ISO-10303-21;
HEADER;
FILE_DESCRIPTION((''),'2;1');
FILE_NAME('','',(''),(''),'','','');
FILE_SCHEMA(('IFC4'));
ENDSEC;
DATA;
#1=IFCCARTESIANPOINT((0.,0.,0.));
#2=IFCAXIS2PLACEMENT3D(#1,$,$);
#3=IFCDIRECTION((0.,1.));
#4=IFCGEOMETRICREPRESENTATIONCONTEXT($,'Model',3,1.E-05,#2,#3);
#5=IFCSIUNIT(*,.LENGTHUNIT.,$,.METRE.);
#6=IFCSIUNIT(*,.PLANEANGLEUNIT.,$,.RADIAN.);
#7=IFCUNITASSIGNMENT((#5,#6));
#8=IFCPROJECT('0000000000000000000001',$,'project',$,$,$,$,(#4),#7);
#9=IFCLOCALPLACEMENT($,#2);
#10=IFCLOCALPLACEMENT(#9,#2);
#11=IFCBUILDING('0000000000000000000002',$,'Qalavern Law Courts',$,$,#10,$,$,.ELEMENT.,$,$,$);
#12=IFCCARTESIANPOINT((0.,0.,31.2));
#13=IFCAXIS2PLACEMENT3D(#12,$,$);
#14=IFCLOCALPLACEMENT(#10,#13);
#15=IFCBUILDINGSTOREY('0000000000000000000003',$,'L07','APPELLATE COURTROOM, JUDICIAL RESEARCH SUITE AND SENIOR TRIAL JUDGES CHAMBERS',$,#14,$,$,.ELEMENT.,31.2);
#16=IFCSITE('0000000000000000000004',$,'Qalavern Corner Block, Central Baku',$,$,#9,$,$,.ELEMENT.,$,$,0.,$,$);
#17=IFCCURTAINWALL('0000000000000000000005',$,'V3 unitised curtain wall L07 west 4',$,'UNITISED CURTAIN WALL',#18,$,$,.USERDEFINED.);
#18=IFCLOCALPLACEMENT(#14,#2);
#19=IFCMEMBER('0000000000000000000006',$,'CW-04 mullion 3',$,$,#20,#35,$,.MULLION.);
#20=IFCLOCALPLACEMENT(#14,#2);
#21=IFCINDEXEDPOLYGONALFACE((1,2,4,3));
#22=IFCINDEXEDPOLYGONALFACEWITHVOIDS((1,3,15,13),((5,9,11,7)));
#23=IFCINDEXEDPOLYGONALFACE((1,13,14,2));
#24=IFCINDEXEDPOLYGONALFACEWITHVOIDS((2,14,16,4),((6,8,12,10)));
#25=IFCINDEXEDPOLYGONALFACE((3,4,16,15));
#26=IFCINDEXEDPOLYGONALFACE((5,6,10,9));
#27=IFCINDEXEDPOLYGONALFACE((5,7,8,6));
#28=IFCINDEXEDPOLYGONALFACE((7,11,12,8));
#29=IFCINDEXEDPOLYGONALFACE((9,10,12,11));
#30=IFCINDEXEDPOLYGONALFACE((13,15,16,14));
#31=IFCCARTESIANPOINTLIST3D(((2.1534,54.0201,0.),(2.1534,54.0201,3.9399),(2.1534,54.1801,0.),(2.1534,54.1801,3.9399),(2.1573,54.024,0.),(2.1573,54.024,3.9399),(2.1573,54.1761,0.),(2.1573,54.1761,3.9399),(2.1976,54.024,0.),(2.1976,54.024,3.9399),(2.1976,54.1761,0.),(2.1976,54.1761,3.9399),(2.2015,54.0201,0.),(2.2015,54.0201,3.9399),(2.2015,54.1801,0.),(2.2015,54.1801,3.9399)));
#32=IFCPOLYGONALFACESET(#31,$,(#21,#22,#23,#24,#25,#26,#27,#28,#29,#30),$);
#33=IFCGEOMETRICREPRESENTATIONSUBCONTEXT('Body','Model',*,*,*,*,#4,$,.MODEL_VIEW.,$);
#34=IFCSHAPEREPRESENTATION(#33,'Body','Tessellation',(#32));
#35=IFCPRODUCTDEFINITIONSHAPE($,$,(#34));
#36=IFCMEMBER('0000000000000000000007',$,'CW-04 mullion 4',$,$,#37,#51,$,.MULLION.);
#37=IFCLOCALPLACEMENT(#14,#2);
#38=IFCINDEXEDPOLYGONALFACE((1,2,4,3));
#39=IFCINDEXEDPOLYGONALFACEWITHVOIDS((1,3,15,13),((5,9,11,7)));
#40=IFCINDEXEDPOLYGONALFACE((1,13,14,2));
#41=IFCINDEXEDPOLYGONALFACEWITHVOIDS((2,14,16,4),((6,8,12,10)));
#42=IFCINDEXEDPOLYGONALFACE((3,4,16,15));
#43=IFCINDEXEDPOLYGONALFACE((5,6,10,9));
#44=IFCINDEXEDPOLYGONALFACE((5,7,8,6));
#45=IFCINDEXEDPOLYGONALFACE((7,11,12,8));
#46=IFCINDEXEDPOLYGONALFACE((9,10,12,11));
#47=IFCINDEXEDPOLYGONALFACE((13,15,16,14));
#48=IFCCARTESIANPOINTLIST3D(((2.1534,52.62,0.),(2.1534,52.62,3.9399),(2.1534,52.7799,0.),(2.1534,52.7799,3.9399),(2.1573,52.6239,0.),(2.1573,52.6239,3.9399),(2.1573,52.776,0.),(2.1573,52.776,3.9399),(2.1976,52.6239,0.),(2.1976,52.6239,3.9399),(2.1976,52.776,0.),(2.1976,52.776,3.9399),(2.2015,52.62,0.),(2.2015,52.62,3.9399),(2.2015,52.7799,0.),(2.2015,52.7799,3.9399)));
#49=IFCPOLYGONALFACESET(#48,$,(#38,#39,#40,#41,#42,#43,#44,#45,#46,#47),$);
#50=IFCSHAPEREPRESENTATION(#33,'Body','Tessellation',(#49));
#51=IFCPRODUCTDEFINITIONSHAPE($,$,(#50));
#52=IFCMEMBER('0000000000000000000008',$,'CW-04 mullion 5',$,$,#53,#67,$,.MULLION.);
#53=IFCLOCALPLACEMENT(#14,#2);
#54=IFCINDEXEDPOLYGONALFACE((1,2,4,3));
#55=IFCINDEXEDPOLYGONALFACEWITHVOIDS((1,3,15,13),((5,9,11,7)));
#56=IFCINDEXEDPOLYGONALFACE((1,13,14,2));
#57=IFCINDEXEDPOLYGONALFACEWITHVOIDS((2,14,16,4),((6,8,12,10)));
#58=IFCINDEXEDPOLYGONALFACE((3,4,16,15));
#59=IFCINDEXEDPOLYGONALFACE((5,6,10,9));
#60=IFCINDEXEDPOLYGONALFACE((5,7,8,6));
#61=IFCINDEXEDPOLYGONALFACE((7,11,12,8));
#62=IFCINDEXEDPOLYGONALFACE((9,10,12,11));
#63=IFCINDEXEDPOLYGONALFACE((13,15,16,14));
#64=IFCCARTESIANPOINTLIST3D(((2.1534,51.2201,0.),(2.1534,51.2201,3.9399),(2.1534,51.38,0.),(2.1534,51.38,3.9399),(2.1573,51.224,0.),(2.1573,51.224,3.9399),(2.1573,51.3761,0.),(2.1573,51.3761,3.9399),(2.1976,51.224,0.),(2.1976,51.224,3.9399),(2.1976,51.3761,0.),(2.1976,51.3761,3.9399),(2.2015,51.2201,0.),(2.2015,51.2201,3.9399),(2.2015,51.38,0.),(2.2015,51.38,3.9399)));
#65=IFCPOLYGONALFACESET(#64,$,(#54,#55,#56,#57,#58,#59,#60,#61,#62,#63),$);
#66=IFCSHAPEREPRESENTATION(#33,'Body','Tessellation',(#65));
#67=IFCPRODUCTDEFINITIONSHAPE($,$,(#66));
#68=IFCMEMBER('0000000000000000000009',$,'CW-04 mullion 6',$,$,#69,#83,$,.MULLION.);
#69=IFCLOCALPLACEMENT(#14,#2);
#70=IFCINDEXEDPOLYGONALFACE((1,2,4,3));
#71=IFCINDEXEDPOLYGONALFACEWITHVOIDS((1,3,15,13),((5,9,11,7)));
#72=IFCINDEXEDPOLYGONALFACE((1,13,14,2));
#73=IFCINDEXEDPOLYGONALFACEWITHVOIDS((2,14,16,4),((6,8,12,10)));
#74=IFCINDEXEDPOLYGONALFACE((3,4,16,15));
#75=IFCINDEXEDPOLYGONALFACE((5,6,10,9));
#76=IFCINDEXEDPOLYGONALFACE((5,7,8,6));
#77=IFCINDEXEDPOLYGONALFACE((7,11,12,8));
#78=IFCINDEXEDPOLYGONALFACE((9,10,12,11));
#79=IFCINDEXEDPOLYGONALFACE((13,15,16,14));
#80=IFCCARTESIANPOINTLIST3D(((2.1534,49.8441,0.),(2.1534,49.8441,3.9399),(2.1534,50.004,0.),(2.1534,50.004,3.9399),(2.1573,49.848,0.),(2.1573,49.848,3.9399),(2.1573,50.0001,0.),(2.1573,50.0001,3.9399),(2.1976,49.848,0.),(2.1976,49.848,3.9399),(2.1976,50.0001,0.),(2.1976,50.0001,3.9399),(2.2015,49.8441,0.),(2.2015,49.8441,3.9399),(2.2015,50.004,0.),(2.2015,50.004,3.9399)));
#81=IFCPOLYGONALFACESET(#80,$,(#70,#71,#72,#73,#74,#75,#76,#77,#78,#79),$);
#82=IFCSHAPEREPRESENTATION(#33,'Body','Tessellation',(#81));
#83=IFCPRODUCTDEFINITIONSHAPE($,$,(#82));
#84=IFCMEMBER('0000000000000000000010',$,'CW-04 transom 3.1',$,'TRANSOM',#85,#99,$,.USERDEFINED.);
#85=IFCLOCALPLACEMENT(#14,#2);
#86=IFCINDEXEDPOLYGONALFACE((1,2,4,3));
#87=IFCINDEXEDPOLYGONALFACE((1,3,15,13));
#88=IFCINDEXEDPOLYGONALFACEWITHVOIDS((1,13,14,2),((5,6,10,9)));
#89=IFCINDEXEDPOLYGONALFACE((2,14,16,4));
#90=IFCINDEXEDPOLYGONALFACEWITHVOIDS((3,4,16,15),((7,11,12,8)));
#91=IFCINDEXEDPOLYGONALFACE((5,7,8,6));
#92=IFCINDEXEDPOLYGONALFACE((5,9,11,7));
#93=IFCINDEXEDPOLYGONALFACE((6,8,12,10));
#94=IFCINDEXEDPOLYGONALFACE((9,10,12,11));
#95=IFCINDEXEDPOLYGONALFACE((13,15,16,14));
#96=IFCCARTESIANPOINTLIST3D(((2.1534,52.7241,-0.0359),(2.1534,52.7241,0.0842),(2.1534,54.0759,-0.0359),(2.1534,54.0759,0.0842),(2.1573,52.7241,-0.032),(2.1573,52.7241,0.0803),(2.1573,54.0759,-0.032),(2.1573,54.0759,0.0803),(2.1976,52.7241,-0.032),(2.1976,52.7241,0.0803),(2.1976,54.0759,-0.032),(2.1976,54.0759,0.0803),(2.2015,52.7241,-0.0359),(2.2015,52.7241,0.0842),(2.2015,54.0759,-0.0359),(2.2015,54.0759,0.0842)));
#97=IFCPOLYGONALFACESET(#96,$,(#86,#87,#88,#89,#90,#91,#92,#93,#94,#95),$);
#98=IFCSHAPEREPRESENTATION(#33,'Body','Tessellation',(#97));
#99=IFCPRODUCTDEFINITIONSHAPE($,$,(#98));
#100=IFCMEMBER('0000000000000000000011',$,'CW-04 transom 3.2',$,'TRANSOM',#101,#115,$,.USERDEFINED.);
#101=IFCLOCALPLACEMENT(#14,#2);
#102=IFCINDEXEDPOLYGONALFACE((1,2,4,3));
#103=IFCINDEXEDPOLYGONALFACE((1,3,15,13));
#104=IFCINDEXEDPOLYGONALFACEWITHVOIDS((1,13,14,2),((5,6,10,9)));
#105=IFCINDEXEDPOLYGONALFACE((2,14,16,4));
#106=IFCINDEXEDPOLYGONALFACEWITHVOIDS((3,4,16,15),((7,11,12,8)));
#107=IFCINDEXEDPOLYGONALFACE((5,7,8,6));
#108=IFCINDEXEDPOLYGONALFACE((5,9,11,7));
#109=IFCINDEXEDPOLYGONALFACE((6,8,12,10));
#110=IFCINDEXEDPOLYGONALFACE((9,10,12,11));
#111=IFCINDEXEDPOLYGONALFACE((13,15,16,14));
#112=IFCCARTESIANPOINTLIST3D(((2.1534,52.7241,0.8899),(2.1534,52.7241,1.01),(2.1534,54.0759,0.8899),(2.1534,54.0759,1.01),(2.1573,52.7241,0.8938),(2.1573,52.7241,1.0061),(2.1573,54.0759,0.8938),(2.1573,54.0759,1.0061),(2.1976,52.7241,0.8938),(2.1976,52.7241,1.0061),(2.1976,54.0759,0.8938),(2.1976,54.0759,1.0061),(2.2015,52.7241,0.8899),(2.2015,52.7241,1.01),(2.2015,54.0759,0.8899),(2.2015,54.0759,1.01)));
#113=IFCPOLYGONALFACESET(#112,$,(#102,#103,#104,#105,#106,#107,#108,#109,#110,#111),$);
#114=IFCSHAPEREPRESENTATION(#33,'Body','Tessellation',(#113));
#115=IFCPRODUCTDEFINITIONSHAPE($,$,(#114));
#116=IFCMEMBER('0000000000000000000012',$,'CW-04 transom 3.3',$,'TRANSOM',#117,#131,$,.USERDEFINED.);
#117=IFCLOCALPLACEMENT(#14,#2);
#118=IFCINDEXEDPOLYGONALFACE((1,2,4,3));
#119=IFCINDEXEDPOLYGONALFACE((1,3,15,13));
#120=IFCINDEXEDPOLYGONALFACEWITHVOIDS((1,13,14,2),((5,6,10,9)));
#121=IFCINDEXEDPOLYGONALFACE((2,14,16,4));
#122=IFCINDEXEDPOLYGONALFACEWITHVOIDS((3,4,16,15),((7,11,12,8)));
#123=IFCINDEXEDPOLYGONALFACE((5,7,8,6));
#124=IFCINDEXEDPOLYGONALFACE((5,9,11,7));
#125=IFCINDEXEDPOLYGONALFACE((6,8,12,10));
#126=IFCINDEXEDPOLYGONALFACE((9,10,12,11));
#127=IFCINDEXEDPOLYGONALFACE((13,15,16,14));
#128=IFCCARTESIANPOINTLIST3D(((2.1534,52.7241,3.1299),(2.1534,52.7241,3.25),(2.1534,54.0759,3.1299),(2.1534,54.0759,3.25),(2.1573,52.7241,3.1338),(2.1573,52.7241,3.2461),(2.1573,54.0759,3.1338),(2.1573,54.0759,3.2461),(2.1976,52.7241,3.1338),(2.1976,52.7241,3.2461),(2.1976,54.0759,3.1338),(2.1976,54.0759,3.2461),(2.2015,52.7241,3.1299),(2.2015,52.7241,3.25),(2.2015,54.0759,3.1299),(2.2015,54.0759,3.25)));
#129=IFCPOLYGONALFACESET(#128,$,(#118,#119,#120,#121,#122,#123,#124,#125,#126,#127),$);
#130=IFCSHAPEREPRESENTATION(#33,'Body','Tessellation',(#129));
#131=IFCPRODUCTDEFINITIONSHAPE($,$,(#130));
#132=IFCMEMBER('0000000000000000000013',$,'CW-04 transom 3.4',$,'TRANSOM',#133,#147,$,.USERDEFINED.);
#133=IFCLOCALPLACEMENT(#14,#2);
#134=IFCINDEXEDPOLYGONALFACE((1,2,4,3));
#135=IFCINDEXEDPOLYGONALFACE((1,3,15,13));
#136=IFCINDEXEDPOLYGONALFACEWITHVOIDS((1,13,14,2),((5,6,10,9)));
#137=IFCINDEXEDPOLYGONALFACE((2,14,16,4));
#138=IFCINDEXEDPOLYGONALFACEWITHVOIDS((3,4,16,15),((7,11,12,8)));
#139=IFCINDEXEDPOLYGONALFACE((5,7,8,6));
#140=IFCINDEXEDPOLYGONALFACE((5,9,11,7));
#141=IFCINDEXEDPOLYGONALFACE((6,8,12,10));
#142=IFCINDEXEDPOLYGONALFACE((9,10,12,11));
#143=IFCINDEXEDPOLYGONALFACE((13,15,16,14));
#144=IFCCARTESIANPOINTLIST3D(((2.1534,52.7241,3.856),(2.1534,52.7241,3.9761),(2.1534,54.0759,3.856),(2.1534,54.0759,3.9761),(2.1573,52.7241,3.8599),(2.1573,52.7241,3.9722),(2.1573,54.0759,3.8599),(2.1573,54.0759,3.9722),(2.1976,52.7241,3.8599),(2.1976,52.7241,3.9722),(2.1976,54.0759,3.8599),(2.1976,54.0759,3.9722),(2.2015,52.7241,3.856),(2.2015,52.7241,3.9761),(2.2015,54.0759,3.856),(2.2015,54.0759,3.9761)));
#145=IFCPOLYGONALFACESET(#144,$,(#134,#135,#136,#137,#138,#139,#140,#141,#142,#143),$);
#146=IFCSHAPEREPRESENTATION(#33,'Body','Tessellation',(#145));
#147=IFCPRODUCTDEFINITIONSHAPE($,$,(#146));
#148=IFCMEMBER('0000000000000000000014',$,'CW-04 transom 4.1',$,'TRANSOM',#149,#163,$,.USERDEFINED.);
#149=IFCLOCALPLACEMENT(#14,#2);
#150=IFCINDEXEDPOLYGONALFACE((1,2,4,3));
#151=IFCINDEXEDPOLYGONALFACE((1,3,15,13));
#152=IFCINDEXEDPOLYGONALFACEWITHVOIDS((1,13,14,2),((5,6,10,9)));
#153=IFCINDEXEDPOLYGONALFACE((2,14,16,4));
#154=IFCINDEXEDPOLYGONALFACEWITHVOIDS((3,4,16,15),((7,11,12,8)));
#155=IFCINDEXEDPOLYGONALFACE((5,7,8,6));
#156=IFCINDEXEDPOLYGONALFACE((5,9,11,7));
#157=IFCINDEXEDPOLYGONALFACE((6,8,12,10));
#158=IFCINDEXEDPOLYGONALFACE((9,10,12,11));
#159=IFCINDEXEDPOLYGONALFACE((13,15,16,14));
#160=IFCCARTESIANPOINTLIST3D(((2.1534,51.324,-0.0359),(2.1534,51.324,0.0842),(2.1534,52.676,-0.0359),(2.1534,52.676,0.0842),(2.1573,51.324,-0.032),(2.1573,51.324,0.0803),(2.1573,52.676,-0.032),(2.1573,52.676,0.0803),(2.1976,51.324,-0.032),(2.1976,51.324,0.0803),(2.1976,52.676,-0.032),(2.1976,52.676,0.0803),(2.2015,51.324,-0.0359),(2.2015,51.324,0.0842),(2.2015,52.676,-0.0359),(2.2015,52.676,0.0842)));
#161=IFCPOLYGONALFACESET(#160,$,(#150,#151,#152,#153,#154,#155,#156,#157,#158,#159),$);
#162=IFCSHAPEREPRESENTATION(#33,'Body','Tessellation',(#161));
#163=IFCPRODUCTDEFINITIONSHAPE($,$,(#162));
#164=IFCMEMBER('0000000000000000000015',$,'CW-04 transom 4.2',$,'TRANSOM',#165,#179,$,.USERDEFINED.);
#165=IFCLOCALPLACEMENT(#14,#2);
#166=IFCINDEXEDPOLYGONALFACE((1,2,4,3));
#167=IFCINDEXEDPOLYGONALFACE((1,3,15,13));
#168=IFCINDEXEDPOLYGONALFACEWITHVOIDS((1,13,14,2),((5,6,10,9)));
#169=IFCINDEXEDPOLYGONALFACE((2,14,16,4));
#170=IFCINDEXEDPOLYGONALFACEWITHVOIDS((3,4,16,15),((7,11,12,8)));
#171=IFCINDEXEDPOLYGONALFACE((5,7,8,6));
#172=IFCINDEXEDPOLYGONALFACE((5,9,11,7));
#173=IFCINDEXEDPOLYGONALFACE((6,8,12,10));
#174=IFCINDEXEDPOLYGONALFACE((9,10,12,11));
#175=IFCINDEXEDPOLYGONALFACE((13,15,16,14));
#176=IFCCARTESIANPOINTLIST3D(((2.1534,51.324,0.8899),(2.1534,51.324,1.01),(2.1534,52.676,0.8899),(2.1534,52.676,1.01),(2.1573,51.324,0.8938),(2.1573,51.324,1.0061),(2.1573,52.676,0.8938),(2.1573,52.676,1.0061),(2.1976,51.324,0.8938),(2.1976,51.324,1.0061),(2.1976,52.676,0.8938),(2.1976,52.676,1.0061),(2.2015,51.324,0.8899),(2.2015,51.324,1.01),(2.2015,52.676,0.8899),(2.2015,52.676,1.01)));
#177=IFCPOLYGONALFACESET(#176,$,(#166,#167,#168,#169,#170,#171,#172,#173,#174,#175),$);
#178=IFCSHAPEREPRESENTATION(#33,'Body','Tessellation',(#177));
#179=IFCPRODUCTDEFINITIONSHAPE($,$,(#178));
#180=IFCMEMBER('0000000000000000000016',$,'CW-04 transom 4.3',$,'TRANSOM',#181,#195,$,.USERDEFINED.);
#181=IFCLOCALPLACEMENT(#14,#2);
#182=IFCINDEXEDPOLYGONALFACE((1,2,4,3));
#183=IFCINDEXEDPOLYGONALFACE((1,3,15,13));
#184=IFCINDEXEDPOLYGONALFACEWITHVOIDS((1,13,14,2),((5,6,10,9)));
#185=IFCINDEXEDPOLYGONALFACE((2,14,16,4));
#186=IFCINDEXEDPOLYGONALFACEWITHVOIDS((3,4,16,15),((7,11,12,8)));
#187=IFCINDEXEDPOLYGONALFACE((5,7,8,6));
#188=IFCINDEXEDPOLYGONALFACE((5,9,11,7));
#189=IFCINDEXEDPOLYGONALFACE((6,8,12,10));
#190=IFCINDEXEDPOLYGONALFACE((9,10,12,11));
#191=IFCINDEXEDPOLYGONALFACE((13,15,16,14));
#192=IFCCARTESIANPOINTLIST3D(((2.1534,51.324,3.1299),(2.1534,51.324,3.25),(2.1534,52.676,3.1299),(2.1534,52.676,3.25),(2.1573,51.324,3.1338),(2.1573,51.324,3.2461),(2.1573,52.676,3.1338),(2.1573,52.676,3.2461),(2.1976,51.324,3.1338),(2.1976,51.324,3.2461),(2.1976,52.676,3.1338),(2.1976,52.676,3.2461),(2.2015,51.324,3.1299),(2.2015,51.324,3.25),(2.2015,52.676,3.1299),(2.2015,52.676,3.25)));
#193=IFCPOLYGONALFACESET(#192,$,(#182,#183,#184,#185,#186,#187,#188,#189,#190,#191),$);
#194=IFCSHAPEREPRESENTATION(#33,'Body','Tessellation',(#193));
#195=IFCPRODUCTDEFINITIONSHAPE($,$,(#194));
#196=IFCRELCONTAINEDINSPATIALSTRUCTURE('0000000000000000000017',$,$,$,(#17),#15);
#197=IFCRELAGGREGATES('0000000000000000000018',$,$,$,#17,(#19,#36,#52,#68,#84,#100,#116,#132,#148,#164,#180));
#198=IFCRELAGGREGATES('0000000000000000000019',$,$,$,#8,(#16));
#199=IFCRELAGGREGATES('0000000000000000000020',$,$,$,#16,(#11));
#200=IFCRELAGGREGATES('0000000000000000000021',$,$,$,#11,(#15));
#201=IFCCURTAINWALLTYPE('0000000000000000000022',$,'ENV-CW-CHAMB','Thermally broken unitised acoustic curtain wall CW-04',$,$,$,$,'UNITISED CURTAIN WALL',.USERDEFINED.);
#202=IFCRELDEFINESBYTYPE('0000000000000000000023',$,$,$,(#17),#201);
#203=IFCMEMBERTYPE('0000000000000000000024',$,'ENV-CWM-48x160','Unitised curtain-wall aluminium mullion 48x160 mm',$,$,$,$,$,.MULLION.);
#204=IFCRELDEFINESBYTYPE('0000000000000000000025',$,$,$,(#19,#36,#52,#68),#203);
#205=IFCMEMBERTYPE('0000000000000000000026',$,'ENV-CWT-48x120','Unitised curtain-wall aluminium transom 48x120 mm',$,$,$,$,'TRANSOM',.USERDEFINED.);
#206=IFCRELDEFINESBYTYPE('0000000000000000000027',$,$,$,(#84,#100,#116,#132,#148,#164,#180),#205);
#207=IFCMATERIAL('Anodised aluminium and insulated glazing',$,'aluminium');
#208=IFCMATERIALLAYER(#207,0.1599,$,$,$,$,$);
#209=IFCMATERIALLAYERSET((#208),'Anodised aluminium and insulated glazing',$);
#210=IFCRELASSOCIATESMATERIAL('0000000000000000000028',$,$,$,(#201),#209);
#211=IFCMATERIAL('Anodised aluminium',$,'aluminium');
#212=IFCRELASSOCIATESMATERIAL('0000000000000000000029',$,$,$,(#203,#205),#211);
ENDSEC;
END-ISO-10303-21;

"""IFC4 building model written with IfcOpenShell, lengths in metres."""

from ifc_helpers import new_model, si_unit, direction, frame, origin, origin_2d, place, context, subcontext, project, spatial, hollow_rectangle, extrude, material, layer, layer_set, material_profile, profile_set, type_object, element, aggregate, save


model = new_model("IFC4")

# Units and contexts
model_context = context("Model", 3, precision=1e-05, world=origin(), true_north=direction((0.0, 1.0)))
body_context = subcontext(model_context, "Body", "Model", "MODEL_VIEW")
ifc_project = project(units=[si_unit("LENGTHUNIT", "METRE"), si_unit("PLANEANGLEUNIT", "RADIAN")], contexts=[model_context])

# Site, building, storey
site_placement = place(None, origin())
site = spatial("IfcSite", under=ifc_project, at=site_placement, Name="Qalavern Corner Block, Central Baku", CompositionType="ELEMENT", RefElevation=0.0)
building_placement = place(site_placement, origin())
building = spatial("IfcBuilding", under=site, at=building_placement, Name="Qalavern Law Courts", CompositionType="ELEMENT")
storey_placement = place(building_placement, frame((0.0, 0.0, 31.2)))
storey = spatial("IfcBuildingStorey", under=building, at=storey_placement, Name="L07", Description="APPELLATE COURTROOM, JUDICIAL RESEARCH SUITE AND SENIOR TRIAL JUDGES CHAMBERS", CompositionType="ELEMENT", Elevation=31.2)

# Curtain wall, members
ifc_material_1 = material(Name="Anodised aluminium and insulated glazing", Category="aluminium")
ifc_layer_1 = layer(ifc_material_1, 0.1599)
ifc_layer_set_1 = layer_set([ifc_layer_1], Name="Anodised aluminium and insulated glazing")
curtain_wall_type = type_object("IfcCurtainWallType", Name="ENV-CW-CHAMB", Description="Thermally broken unitised acoustic curtain wall CW-04", ElementType="UNITISED CURTAIN WALL", PredefinedType="USERDEFINED", material=ifc_layer_set_1)
curtain_wall_placement = place(storey_placement, origin())
curtain_wall = element("IfcCurtainWall", 1, at=curtain_wall_placement, inside=storey, type_object=curtain_wall_type, Name="V3 unitised curtain wall L07 west 4", ObjectType="UNITISED CURTAIN WALL", PredefinedType="USERDEFINED")
ifc_material_2 = material(Name="Anodised aluminium", Category="aluminium")
ifc_material_profile_1 = material_profile(ifc_material_2, hollow_rectangle(XDim=0.0481, YDim=0.1599, WallThickness=0.0039, at=origin_2d()), Name="ALU MULLION 48x160")
ifc_profile_set_1 = profile_set([ifc_material_profile_1], Name="Anodised aluminium")
member_type_1 = type_object("IfcMemberType", Name="ENV-CWM-48x160", Description="Unitised curtain-wall aluminium mullion 48x160 mm", PredefinedType="MULLION", material=ifc_profile_set_1)
member_1_placement = place(storey_placement, frame((2.1775, 54.1001, 0.0), z_axis=(0.0, 0.0, 1.0), x_axis=(1.0, 0.0, 0.0)))
member_1 = element("IfcMember", 2, at=member_1_placement, type_object=member_type_1, Name="CW-04 mullion 3", PredefinedType="MULLION", context=body_context, shape_type="SweptSolid", body=[
    extrude(hollow_rectangle(XDim=0.0481, YDim=0.1599, WallThickness=0.0039, at=origin_2d()), origin(), (0.0, 0.0, 1.0), 3.9399),
])
member_2_placement = place(storey_placement, frame((2.1775, 52.7, 0.0), z_axis=(0.0, 0.0, 1.0), x_axis=(1.0, 0.0, 0.0)))
member_2 = element("IfcMember", 3, at=member_2_placement, type_object=member_type_1, Name="CW-04 mullion 4", PredefinedType="MULLION", context=body_context, shape_type="SweptSolid", body=[
    extrude(hollow_rectangle(XDim=0.0481, YDim=0.1599, WallThickness=0.0039, at=origin_2d()), origin(), (0.0, 0.0, 1.0), 3.9399),
])
member_3_placement = place(storey_placement, frame((2.1775, 51.3, 0.0), z_axis=(0.0, 0.0, 1.0), x_axis=(1.0, 0.0, 0.0)))
member_3 = element("IfcMember", 4, at=member_3_placement, type_object=member_type_1, Name="CW-04 mullion 5", PredefinedType="MULLION", context=body_context, shape_type="SweptSolid", body=[
    extrude(hollow_rectangle(XDim=0.0481, YDim=0.1599, WallThickness=0.0039, at=origin_2d()), origin(), (0.0, 0.0, 1.0), 3.9399),
])
member_4_placement = place(storey_placement, frame((2.1775, 49.9241, 0.0), z_axis=(0.0, 0.0, 1.0), x_axis=(1.0, 0.0, 0.0)))
member_4 = element("IfcMember", 5, at=member_4_placement, type_object=member_type_1, Name="CW-04 mullion 6", PredefinedType="MULLION", context=body_context, shape_type="SweptSolid", body=[
    extrude(hollow_rectangle(XDim=0.0481, YDim=0.1599, WallThickness=0.0039, at=origin_2d()), origin(), (0.0, 0.0, 1.0), 3.9399),
])
ifc_material_profile_2 = material_profile(ifc_material_2, hollow_rectangle(XDim=0.0481, YDim=0.1201, WallThickness=0.0039, at=origin_2d()), Name="ALU TRANSOM 48x120")
ifc_profile_set_2 = profile_set([ifc_material_profile_2], Name="Anodised aluminium")
member_type_2 = type_object("IfcMemberType", Name="ENV-CWT-48x120", Description="Unitised curtain-wall aluminium transom 48x120 mm", ElementType="TRANSOM", PredefinedType="USERDEFINED", material=ifc_profile_set_2)
member_5_placement = place(storey_placement, frame((2.1775, 54.0759, 0.0242), z_axis=(0.0, -1.0, 0.0), x_axis=(1.0, 0.0, 0.0)))
member_5 = element("IfcMember", 6, at=member_5_placement, type_object=member_type_2, Name="CW-04 transom 3.1", ObjectType="TRANSOM", PredefinedType="USERDEFINED", context=body_context, shape_type="SweptSolid", body=[
    extrude(hollow_rectangle(XDim=0.0481, YDim=0.1201, WallThickness=0.0039, at=origin_2d()), origin(), (0.0, 0.0, 1.0), 1.3518),
])
member_6_placement = place(storey_placement, frame((2.1775, 54.0759, 0.95), z_axis=(0.0, -1.0, 0.0), x_axis=(1.0, 0.0, 0.0)))
member_6 = element("IfcMember", 7, at=member_6_placement, type_object=member_type_2, Name="CW-04 transom 3.2", ObjectType="TRANSOM", PredefinedType="USERDEFINED", context=body_context, shape_type="SweptSolid", body=[
    extrude(hollow_rectangle(XDim=0.0481, YDim=0.1201, WallThickness=0.0039, at=origin_2d()), origin(), (0.0, 0.0, 1.0), 1.3518),
])
member_7_placement = place(storey_placement, frame((2.1775, 54.0759, 3.1899), z_axis=(0.0, -1.0, 0.0), x_axis=(1.0, 0.0, 0.0)))
member_7 = element("IfcMember", 8, at=member_7_placement, type_object=member_type_2, Name="CW-04 transom 3.3", ObjectType="TRANSOM", PredefinedType="USERDEFINED", context=body_context, shape_type="SweptSolid", body=[
    extrude(hollow_rectangle(XDim=0.0481, YDim=0.1201, WallThickness=0.0039, at=origin_2d()), origin(), (0.0, 0.0, 1.0), 1.3518),
])
member_8_placement = place(storey_placement, frame((2.1775, 54.0759, 3.916), z_axis=(0.0, -1.0, 0.0), x_axis=(1.0, 0.0, 0.0)))
member_8 = element("IfcMember", 9, at=member_8_placement, type_object=member_type_2, Name="CW-04 transom 3.4", ObjectType="TRANSOM", PredefinedType="USERDEFINED", context=body_context, shape_type="SweptSolid", body=[
    extrude(hollow_rectangle(XDim=0.0481, YDim=0.1201, WallThickness=0.0039, at=origin_2d()), origin(), (0.0, 0.0, 1.0), 1.3518),
])
member_9_placement = place(storey_placement, frame((2.1775, 52.676, 0.0242), z_axis=(0.0, -1.0, 0.0), x_axis=(1.0, 0.0, 0.0)))
member_9 = element("IfcMember", 10, at=member_9_placement, type_object=member_type_2, Name="CW-04 transom 4.1", ObjectType="TRANSOM", PredefinedType="USERDEFINED", context=body_context, shape_type="SweptSolid", body=[
    extrude(hollow_rectangle(XDim=0.0481, YDim=0.1201, WallThickness=0.0039, at=origin_2d()), origin(), (0.0, 0.0, 1.0), 1.3521),
])
member_10_placement = place(storey_placement, frame((2.1775, 52.676, 0.95), z_axis=(0.0, -1.0, 0.0), x_axis=(1.0, 0.0, 0.0)))
member_10 = element("IfcMember", 11, at=member_10_placement, type_object=member_type_2, Name="CW-04 transom 4.2", ObjectType="TRANSOM", PredefinedType="USERDEFINED", context=body_context, shape_type="SweptSolid", body=[
    extrude(hollow_rectangle(XDim=0.0481, YDim=0.1201, WallThickness=0.0039, at=origin_2d()), origin(), (0.0, 0.0, 1.0), 1.3521),
])
member_11_placement = place(storey_placement, frame((2.1775, 52.676, 3.1899), z_axis=(0.0, -1.0, 0.0), x_axis=(1.0, 0.0, 0.0)))
member_11 = element("IfcMember", 12, at=member_11_placement, type_object=member_type_2, Name="CW-04 transom 4.3", ObjectType="TRANSOM", PredefinedType="USERDEFINED", context=body_context, shape_type="SweptSolid", body=[
    extrude(hollow_rectangle(XDim=0.0481, YDim=0.1201, WallThickness=0.0039, at=origin_2d()), origin(), (0.0, 0.0, 1.0), 1.3521),
])
aggregate(curtain_wall, [member_1, member_2, member_3, member_4, member_5, member_6, member_7, member_8, member_9, member_10, member_11])

save(model, "model.ifc")
